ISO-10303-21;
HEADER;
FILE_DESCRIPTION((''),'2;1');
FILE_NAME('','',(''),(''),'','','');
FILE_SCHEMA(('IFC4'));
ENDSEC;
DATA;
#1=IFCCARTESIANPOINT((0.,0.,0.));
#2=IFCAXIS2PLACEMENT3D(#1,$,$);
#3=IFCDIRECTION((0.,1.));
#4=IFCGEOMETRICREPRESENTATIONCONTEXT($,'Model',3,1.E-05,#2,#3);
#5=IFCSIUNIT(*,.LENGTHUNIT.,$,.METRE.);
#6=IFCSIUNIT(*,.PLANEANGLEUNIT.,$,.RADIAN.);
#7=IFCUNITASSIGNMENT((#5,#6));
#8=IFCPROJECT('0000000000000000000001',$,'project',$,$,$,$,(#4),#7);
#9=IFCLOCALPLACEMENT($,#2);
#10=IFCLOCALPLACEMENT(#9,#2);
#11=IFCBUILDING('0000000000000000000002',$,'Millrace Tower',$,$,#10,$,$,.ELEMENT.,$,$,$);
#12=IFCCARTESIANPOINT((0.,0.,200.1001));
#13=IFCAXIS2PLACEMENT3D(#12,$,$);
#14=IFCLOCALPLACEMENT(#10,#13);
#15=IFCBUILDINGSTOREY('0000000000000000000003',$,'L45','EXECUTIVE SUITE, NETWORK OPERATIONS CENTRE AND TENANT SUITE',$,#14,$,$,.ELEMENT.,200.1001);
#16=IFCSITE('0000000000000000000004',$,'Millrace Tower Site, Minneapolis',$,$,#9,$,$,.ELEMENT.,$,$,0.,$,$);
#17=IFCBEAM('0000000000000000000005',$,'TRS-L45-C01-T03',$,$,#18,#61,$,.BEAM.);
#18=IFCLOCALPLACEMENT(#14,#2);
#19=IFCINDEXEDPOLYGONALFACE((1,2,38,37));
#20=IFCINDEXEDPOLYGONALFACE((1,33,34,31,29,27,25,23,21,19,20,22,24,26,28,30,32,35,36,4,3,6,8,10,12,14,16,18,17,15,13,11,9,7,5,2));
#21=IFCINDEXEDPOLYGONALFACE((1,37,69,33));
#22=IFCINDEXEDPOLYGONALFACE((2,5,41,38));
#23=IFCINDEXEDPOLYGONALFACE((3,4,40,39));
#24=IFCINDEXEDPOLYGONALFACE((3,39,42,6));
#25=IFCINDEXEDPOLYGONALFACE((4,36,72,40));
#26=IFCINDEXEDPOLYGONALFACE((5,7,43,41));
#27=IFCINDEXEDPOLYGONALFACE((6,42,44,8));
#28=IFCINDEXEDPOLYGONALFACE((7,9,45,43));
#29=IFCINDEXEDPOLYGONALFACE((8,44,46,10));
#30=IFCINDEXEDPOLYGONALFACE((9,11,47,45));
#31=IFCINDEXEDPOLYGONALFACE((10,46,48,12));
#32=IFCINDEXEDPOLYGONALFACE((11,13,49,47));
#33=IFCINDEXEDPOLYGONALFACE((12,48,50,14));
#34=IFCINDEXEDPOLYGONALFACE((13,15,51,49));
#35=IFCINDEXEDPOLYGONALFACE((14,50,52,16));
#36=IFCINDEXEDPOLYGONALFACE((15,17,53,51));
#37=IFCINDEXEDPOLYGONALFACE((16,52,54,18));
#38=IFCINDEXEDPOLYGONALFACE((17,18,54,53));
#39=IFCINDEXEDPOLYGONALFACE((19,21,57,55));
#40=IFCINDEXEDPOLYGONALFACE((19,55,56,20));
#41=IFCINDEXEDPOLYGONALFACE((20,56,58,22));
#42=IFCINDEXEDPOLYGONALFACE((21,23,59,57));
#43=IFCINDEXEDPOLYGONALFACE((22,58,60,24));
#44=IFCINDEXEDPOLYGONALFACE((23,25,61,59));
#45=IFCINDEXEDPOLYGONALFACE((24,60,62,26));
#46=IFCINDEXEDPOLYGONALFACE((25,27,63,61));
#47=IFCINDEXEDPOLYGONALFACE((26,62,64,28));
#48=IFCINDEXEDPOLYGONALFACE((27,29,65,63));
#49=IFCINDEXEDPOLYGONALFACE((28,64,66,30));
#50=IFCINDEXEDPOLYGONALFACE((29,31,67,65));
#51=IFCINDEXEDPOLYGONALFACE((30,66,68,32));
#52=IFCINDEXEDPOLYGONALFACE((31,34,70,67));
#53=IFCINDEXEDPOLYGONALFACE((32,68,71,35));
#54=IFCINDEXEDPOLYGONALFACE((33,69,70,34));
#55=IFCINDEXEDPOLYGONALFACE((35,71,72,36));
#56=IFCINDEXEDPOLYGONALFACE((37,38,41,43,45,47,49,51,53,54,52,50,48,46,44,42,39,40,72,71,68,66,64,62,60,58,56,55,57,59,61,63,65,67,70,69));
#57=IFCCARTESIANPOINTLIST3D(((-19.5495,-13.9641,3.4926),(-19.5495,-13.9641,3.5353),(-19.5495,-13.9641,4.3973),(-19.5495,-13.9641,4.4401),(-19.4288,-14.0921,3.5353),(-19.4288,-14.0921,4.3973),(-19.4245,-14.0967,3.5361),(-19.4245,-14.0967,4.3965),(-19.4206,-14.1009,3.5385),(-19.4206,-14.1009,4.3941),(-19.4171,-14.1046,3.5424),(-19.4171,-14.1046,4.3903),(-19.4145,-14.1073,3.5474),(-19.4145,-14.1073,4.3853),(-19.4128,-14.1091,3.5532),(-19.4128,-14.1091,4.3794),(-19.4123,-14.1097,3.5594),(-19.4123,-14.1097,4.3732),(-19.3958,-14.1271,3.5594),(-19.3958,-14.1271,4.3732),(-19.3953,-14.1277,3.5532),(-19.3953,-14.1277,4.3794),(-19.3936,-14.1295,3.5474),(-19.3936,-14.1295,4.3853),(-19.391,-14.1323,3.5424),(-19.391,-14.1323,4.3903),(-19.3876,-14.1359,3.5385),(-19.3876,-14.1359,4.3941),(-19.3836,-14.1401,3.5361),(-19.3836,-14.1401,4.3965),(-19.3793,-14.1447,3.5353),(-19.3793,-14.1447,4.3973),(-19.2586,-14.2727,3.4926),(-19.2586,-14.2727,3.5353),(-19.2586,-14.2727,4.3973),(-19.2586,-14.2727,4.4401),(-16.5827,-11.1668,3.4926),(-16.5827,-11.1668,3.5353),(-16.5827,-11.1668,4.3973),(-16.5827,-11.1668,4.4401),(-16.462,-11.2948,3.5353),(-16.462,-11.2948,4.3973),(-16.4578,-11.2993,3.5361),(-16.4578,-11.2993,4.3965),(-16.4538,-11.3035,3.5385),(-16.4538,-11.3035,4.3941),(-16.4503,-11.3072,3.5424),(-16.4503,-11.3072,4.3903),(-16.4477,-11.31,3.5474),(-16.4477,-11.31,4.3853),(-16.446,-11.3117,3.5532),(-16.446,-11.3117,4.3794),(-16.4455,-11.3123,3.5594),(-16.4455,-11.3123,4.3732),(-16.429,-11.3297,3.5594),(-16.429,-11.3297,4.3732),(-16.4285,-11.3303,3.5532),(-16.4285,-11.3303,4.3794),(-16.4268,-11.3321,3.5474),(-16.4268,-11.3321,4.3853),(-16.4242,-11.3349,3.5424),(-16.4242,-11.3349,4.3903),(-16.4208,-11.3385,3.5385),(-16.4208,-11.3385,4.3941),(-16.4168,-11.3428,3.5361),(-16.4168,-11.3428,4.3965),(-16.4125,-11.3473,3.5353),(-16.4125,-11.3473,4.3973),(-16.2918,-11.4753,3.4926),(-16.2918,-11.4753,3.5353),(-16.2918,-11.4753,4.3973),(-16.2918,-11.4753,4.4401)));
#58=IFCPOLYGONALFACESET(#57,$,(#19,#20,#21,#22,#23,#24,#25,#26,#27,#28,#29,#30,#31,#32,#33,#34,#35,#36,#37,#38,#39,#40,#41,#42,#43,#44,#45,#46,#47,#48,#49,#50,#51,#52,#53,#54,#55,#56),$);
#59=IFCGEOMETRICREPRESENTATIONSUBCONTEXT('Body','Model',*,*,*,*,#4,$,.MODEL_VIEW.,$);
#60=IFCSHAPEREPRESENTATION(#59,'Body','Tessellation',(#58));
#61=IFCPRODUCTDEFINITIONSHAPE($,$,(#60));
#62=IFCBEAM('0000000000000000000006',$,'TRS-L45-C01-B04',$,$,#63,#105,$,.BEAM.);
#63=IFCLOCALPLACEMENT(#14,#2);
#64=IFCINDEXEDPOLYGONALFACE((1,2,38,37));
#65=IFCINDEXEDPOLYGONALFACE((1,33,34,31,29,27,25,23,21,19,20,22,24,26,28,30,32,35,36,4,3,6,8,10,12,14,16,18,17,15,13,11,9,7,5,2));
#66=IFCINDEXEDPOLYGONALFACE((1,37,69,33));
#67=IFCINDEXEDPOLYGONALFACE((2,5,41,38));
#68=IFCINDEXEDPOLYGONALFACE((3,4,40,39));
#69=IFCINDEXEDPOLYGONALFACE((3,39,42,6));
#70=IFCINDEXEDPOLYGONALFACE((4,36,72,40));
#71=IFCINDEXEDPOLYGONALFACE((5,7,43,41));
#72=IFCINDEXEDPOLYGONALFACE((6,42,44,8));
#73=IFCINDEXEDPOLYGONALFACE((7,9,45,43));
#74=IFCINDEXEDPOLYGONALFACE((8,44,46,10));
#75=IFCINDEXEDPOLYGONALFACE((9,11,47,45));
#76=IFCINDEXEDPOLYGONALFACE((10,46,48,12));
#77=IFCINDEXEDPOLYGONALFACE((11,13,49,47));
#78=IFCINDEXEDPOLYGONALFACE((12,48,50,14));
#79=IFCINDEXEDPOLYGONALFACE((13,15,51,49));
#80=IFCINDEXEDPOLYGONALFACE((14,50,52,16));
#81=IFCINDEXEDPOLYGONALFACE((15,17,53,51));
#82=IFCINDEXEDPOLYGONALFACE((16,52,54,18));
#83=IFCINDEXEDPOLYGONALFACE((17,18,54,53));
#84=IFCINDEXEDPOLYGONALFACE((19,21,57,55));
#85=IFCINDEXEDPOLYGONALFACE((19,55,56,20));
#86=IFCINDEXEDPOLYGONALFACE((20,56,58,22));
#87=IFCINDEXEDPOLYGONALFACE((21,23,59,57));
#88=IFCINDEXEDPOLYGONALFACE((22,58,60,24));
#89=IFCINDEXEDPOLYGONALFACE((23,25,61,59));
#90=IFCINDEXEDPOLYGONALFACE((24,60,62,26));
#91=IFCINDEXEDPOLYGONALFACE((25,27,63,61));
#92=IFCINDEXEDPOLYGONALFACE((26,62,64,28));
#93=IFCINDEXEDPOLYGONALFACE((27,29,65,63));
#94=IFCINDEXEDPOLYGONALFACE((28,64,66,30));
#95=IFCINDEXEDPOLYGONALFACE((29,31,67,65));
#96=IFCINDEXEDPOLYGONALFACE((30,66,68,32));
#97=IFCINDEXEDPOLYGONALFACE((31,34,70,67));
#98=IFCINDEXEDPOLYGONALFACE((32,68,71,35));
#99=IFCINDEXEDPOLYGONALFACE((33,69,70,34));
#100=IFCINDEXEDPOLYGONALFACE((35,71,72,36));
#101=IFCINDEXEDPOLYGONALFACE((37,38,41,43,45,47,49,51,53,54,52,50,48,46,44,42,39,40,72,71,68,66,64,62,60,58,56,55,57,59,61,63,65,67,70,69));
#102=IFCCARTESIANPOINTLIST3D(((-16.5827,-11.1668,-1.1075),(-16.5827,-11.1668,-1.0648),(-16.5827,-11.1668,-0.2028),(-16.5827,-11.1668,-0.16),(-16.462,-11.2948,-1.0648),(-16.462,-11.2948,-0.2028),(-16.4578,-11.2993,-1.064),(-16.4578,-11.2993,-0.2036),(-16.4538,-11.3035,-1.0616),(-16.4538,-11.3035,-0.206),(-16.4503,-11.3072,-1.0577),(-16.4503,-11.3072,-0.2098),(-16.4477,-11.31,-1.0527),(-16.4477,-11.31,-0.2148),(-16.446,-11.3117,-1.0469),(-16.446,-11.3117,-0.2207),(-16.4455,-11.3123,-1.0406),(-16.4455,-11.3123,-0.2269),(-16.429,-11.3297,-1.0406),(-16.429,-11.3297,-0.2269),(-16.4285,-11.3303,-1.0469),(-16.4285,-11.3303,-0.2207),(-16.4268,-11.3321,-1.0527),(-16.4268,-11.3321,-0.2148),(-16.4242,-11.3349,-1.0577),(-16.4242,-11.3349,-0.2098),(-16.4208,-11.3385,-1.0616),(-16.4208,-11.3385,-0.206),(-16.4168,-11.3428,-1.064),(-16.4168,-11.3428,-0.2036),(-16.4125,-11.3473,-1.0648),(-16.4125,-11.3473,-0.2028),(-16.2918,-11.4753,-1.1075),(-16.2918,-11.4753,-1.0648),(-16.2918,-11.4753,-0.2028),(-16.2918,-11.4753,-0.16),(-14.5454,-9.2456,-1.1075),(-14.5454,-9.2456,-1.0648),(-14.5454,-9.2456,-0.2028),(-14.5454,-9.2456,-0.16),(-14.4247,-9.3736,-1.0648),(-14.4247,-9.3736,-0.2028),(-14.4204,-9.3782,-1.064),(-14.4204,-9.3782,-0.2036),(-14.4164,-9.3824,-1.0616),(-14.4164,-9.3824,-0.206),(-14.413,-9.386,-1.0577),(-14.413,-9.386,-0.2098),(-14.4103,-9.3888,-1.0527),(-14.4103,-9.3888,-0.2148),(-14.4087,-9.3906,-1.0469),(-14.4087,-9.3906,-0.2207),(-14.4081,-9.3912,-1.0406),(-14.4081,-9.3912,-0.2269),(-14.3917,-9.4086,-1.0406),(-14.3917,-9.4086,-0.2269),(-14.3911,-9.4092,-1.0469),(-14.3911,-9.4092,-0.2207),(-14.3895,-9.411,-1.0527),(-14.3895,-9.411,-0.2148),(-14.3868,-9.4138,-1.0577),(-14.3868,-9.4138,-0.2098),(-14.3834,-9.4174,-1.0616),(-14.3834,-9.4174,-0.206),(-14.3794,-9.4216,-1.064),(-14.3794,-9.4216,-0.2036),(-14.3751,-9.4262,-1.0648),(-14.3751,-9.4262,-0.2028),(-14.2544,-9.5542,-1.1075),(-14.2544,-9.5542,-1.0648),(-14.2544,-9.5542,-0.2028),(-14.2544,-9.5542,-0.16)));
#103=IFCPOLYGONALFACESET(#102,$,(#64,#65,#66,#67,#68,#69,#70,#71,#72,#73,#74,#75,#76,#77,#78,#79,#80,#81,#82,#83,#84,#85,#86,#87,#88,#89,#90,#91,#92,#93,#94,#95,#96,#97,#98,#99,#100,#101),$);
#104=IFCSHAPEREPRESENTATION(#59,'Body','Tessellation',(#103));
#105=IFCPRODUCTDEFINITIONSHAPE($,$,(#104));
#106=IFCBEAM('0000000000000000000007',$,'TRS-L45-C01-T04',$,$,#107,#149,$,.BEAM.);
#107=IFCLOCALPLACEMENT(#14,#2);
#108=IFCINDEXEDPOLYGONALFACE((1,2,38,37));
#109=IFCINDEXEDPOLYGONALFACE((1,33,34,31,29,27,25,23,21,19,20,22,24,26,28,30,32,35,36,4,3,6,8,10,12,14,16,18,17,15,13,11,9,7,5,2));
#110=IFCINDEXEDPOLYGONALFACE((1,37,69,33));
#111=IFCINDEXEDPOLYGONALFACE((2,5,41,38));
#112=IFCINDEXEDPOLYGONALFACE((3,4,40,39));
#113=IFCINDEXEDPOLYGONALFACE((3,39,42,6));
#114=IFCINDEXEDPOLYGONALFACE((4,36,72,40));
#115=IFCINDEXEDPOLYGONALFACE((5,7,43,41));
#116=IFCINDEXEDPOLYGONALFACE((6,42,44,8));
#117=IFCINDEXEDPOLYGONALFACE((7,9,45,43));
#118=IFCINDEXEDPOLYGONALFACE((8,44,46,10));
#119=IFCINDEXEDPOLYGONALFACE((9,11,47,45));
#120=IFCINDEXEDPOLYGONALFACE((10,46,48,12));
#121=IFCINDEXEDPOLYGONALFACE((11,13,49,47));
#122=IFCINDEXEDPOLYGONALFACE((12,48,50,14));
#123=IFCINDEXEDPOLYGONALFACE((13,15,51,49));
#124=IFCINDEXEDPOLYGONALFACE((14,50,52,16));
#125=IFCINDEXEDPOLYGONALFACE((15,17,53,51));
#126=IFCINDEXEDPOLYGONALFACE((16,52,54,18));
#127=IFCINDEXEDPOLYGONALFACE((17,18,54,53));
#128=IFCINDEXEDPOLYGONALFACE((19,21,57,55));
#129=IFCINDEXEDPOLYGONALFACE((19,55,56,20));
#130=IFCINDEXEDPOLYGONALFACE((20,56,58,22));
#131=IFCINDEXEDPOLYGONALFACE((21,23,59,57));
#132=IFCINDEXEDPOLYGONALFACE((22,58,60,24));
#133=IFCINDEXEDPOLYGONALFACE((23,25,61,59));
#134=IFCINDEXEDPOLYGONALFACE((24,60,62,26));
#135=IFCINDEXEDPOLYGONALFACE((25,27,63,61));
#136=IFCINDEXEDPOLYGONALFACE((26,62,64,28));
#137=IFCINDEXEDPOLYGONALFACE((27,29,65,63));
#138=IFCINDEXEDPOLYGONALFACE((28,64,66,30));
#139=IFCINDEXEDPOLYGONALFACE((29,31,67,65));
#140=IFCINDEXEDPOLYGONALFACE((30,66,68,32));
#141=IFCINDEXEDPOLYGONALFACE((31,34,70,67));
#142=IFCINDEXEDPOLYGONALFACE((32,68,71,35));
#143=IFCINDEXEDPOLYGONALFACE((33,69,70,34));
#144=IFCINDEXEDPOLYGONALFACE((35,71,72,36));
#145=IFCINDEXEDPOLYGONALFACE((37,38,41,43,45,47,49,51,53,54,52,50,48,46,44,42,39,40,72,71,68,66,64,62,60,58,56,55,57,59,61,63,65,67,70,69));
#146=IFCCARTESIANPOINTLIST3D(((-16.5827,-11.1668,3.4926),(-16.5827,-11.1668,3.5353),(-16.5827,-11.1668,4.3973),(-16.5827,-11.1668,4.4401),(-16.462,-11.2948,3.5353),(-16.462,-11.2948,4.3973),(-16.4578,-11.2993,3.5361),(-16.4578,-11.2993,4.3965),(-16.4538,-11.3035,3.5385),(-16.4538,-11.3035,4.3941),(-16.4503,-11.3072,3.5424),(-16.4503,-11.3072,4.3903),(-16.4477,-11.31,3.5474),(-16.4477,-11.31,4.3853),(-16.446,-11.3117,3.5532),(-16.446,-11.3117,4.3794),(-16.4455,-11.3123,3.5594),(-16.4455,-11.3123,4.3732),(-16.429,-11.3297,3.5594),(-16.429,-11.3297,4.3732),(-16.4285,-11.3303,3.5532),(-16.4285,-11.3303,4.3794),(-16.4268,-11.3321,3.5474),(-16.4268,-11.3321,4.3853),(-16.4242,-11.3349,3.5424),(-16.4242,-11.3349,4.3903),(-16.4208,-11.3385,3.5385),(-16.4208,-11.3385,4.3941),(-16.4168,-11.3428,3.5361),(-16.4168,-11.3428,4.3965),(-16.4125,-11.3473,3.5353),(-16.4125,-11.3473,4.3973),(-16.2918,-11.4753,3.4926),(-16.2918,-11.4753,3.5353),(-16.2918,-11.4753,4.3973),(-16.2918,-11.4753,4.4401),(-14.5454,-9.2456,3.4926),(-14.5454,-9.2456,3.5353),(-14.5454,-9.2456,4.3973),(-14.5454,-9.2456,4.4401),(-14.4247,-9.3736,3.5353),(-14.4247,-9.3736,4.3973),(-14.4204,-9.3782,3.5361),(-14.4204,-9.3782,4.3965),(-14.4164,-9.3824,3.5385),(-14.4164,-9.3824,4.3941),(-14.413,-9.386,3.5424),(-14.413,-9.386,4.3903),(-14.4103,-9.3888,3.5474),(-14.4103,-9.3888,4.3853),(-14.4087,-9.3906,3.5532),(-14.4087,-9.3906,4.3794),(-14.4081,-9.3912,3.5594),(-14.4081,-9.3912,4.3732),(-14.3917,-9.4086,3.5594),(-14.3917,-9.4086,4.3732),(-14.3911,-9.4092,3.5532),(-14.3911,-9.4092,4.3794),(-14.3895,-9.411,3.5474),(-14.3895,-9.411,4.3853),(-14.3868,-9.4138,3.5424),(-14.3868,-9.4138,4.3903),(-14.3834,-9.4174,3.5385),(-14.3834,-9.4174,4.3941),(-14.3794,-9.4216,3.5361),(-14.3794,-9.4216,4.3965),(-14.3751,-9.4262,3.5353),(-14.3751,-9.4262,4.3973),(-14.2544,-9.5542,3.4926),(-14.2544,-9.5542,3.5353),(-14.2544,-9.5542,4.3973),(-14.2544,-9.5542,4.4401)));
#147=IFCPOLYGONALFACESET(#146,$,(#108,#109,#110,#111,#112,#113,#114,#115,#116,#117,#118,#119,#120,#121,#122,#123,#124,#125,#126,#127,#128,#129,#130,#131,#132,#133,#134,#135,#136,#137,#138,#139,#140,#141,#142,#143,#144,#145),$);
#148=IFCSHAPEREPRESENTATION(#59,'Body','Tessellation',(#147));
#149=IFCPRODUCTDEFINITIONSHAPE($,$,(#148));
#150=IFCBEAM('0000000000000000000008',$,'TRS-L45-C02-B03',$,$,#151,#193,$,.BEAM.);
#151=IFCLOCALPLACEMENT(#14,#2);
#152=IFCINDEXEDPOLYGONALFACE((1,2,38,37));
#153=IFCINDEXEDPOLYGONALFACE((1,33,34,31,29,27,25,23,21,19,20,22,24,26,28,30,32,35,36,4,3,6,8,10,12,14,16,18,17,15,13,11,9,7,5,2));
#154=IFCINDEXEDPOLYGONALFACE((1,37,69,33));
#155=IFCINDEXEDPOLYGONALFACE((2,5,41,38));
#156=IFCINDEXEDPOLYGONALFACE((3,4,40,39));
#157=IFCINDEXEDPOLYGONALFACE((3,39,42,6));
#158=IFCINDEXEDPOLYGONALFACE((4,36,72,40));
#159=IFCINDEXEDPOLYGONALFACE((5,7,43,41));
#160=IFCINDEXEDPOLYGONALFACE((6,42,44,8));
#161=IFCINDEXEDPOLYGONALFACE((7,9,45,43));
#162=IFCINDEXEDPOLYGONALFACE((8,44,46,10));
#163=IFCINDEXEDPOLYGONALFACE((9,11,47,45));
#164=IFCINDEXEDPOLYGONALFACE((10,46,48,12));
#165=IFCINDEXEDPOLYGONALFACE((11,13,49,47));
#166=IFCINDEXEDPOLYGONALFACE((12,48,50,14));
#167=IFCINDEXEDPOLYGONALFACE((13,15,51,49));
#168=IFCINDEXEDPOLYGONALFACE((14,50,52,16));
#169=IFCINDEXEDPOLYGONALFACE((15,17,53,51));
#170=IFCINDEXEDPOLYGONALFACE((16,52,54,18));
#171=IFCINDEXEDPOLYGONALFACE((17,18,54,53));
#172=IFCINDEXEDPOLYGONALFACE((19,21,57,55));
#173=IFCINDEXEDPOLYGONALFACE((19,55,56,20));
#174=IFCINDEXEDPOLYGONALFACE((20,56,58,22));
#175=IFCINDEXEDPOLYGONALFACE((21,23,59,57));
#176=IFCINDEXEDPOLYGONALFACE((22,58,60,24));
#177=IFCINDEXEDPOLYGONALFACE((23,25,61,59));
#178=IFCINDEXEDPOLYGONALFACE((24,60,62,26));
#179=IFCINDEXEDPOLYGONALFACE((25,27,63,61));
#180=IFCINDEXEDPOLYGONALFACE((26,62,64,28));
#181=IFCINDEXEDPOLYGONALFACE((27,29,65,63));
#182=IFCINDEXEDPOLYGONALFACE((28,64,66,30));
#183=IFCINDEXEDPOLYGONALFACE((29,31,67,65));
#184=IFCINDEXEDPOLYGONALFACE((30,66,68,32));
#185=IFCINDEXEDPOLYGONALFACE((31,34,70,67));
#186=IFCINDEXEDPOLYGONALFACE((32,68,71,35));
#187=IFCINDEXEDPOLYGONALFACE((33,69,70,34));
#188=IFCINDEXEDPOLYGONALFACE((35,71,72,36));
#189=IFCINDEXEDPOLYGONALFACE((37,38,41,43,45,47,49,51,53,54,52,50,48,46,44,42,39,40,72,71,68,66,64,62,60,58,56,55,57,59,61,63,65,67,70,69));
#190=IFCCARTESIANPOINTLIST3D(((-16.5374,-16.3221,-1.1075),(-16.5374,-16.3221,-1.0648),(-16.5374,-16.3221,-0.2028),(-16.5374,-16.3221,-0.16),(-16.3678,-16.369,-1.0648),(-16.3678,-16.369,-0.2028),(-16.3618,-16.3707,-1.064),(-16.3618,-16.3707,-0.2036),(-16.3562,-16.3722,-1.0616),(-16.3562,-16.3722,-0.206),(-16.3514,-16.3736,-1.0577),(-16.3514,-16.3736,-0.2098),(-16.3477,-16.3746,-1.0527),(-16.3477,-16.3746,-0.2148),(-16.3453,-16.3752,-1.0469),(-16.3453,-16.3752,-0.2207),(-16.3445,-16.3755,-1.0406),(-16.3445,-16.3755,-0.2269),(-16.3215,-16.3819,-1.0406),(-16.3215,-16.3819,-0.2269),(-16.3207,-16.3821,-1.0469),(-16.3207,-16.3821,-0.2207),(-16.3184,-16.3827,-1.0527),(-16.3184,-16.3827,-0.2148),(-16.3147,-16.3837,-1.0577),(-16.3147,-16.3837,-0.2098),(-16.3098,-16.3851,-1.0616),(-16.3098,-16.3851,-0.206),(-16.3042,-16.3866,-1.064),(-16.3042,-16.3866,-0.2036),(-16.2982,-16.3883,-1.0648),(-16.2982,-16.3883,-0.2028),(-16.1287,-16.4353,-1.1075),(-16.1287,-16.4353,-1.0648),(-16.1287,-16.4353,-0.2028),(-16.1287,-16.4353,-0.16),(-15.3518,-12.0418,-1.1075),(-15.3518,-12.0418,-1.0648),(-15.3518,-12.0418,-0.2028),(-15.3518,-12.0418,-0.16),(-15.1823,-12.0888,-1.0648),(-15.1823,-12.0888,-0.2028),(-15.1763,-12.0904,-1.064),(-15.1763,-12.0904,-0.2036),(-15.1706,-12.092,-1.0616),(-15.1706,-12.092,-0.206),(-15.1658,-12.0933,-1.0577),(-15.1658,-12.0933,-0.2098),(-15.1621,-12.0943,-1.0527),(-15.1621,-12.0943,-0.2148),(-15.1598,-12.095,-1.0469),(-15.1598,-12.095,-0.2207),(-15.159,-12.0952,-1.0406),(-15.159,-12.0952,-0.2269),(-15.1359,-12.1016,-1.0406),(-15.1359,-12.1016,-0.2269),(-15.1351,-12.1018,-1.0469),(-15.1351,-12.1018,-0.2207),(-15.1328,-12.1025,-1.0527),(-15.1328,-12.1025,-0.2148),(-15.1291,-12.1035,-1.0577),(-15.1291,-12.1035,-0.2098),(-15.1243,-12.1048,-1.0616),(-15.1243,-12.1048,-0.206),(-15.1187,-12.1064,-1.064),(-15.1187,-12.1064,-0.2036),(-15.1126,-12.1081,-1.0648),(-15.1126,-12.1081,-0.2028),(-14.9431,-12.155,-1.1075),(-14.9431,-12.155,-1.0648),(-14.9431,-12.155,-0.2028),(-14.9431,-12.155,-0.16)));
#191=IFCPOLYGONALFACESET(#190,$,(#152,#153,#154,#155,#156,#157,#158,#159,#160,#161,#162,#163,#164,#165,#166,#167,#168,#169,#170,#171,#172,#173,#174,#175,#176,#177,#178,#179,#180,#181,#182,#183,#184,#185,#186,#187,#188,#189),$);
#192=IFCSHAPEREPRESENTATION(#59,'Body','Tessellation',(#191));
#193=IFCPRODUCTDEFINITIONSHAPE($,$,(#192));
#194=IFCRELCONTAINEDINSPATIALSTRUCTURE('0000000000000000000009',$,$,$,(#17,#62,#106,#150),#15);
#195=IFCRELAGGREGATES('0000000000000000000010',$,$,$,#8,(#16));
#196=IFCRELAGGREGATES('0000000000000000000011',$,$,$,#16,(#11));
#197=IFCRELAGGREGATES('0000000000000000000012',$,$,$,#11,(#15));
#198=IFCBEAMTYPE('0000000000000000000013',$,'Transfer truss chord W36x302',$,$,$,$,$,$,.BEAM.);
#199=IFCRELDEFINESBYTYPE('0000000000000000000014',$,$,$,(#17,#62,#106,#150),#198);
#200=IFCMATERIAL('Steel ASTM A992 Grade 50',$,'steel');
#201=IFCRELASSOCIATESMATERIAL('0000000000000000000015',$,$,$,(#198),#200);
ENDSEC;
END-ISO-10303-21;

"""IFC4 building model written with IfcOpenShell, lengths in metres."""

from ifc_helpers import new_model, si_unit, direction, frame, origin, origin_2d, place, context, subcontext, project, spatial, i_section, extrude, material, material_profile, profile_set, type_object, element, save


model = new_model("IFC4")

# Units and contexts
model_context = context("Model", 3, precision=1e-05, world=origin(), true_north=direction((0.0, 1.0)))
body_context = subcontext(model_context, "Body", "Model", "MODEL_VIEW")
ifc_project = project(units=[si_unit("LENGTHUNIT", "METRE"), si_unit("PLANEANGLEUNIT", "RADIAN")], contexts=[model_context])

# Site, building, storey
site_placement = place(None, origin())
site = spatial("IfcSite", under=ifc_project, at=site_placement, Name="Millrace Tower Site, Minneapolis", CompositionType="ELEMENT", RefElevation=0.0)
building_placement = place(site_placement, origin())
building = spatial("IfcBuilding", under=site, at=building_placement, Name="Millrace Tower", CompositionType="ELEMENT")
storey_placement = place(building_placement, frame((0.0, 0.0, 200.1001)))
storey = spatial("IfcBuildingStorey", under=building, at=storey_placement, Name="L45", Description="EXECUTIVE SUITE, NETWORK OPERATIONS CENTRE AND TENANT SUITE", CompositionType="ELEMENT", Elevation=200.1001)

# Beams
ifc_material_1 = material(Name="Steel ASTM A992 Grade 50", Category="steel")
ifc_material_profile_1 = material_profile(ifc_material_1, i_section(OverallWidth=0.4241, OverallDepth=0.9475, WebThickness=0.0239, FlangeThickness=0.0427, FilletRadius=0.0242, at=origin_2d()))
ifc_profile_set_1 = profile_set([ifc_material_profile_1], Name="Steel ASTM A992 Grade 50")
beam_type = type_object("IfcBeamType", Name="Transfer truss chord W36x302", PredefinedType="BEAM", material=ifc_profile_set_1)
beam_placement = place(storey_placement, frame((-19.4041, -14.1184, 3.9663), z_axis=(0.727577, 0.686026, 0.0), x_axis=(-0.686026, 0.727577, 0.0)))
element("IfcBeam", 1, at=beam_placement, inside=storey, type_object=beam_type, Name="TRS-L45-C01-T03", PredefinedType="BEAM", context=body_context, shape_type="SweptSolid", body=[
    extrude(i_section(OverallWidth=0.4241, OverallDepth=0.9475, WebThickness=0.0239, FlangeThickness=0.0427, FilletRadius=0.0242, at=origin_2d()), origin(), (0.0, 0.0, 1.0), 4.0776),
])
for number, where, z_axis, x_axis, name in (
    (2, (-16.4373, -11.321, -0.6338), (0.727552, 0.686052, 0.0), (-0.686052, 0.727552, 0.0), "TRS-L45-C01-B04"),
    (3, (-16.4373, -11.321, 3.9663), (0.727552, 0.686052, 0.0), (-0.686052, 0.727552, 0.0), "TRS-L45-C01-T04"),
):
    element("IfcBeam", number, at=place(storey_placement, frame(where, z_axis=z_axis, x_axis=x_axis)), inside=storey, type_object=beam_type, Name=name, PredefinedType="BEAM", context=body_context, shape_type="SweptSolid", body=[
        extrude(i_section(OverallWidth=0.4241, OverallDepth=0.9475, WebThickness=0.0239, FlangeThickness=0.0427, FilletRadius=0.0242, at=origin_2d()), origin(), (0.0, 0.0, 1.0), 2.8003),
    ])
for number, where, z_axis, x_axis, name in (
    (4, (-16.333, -16.3787, -0.6338), (0.266929, 0.963716, 0.0), (-0.963716, 0.266929, 0.0), "TRS-L45-C02-B03"),
):
    element("IfcBeam", number, at=place(storey_placement, frame(where, z_axis=z_axis, x_axis=x_axis)), inside=storey, type_object=beam_type, Name=name, PredefinedType="BEAM", context=body_context, shape_type="SweptSolid", body=[
        extrude(i_section(OverallWidth=0.4241, OverallDepth=0.9475, WebThickness=0.0239, FlangeThickness=0.0427, FilletRadius=0.0242, at=origin_2d()), origin(), (0.0, 0.0, 1.0), 4.4414),
    ])

save(model, "model.ifc")
